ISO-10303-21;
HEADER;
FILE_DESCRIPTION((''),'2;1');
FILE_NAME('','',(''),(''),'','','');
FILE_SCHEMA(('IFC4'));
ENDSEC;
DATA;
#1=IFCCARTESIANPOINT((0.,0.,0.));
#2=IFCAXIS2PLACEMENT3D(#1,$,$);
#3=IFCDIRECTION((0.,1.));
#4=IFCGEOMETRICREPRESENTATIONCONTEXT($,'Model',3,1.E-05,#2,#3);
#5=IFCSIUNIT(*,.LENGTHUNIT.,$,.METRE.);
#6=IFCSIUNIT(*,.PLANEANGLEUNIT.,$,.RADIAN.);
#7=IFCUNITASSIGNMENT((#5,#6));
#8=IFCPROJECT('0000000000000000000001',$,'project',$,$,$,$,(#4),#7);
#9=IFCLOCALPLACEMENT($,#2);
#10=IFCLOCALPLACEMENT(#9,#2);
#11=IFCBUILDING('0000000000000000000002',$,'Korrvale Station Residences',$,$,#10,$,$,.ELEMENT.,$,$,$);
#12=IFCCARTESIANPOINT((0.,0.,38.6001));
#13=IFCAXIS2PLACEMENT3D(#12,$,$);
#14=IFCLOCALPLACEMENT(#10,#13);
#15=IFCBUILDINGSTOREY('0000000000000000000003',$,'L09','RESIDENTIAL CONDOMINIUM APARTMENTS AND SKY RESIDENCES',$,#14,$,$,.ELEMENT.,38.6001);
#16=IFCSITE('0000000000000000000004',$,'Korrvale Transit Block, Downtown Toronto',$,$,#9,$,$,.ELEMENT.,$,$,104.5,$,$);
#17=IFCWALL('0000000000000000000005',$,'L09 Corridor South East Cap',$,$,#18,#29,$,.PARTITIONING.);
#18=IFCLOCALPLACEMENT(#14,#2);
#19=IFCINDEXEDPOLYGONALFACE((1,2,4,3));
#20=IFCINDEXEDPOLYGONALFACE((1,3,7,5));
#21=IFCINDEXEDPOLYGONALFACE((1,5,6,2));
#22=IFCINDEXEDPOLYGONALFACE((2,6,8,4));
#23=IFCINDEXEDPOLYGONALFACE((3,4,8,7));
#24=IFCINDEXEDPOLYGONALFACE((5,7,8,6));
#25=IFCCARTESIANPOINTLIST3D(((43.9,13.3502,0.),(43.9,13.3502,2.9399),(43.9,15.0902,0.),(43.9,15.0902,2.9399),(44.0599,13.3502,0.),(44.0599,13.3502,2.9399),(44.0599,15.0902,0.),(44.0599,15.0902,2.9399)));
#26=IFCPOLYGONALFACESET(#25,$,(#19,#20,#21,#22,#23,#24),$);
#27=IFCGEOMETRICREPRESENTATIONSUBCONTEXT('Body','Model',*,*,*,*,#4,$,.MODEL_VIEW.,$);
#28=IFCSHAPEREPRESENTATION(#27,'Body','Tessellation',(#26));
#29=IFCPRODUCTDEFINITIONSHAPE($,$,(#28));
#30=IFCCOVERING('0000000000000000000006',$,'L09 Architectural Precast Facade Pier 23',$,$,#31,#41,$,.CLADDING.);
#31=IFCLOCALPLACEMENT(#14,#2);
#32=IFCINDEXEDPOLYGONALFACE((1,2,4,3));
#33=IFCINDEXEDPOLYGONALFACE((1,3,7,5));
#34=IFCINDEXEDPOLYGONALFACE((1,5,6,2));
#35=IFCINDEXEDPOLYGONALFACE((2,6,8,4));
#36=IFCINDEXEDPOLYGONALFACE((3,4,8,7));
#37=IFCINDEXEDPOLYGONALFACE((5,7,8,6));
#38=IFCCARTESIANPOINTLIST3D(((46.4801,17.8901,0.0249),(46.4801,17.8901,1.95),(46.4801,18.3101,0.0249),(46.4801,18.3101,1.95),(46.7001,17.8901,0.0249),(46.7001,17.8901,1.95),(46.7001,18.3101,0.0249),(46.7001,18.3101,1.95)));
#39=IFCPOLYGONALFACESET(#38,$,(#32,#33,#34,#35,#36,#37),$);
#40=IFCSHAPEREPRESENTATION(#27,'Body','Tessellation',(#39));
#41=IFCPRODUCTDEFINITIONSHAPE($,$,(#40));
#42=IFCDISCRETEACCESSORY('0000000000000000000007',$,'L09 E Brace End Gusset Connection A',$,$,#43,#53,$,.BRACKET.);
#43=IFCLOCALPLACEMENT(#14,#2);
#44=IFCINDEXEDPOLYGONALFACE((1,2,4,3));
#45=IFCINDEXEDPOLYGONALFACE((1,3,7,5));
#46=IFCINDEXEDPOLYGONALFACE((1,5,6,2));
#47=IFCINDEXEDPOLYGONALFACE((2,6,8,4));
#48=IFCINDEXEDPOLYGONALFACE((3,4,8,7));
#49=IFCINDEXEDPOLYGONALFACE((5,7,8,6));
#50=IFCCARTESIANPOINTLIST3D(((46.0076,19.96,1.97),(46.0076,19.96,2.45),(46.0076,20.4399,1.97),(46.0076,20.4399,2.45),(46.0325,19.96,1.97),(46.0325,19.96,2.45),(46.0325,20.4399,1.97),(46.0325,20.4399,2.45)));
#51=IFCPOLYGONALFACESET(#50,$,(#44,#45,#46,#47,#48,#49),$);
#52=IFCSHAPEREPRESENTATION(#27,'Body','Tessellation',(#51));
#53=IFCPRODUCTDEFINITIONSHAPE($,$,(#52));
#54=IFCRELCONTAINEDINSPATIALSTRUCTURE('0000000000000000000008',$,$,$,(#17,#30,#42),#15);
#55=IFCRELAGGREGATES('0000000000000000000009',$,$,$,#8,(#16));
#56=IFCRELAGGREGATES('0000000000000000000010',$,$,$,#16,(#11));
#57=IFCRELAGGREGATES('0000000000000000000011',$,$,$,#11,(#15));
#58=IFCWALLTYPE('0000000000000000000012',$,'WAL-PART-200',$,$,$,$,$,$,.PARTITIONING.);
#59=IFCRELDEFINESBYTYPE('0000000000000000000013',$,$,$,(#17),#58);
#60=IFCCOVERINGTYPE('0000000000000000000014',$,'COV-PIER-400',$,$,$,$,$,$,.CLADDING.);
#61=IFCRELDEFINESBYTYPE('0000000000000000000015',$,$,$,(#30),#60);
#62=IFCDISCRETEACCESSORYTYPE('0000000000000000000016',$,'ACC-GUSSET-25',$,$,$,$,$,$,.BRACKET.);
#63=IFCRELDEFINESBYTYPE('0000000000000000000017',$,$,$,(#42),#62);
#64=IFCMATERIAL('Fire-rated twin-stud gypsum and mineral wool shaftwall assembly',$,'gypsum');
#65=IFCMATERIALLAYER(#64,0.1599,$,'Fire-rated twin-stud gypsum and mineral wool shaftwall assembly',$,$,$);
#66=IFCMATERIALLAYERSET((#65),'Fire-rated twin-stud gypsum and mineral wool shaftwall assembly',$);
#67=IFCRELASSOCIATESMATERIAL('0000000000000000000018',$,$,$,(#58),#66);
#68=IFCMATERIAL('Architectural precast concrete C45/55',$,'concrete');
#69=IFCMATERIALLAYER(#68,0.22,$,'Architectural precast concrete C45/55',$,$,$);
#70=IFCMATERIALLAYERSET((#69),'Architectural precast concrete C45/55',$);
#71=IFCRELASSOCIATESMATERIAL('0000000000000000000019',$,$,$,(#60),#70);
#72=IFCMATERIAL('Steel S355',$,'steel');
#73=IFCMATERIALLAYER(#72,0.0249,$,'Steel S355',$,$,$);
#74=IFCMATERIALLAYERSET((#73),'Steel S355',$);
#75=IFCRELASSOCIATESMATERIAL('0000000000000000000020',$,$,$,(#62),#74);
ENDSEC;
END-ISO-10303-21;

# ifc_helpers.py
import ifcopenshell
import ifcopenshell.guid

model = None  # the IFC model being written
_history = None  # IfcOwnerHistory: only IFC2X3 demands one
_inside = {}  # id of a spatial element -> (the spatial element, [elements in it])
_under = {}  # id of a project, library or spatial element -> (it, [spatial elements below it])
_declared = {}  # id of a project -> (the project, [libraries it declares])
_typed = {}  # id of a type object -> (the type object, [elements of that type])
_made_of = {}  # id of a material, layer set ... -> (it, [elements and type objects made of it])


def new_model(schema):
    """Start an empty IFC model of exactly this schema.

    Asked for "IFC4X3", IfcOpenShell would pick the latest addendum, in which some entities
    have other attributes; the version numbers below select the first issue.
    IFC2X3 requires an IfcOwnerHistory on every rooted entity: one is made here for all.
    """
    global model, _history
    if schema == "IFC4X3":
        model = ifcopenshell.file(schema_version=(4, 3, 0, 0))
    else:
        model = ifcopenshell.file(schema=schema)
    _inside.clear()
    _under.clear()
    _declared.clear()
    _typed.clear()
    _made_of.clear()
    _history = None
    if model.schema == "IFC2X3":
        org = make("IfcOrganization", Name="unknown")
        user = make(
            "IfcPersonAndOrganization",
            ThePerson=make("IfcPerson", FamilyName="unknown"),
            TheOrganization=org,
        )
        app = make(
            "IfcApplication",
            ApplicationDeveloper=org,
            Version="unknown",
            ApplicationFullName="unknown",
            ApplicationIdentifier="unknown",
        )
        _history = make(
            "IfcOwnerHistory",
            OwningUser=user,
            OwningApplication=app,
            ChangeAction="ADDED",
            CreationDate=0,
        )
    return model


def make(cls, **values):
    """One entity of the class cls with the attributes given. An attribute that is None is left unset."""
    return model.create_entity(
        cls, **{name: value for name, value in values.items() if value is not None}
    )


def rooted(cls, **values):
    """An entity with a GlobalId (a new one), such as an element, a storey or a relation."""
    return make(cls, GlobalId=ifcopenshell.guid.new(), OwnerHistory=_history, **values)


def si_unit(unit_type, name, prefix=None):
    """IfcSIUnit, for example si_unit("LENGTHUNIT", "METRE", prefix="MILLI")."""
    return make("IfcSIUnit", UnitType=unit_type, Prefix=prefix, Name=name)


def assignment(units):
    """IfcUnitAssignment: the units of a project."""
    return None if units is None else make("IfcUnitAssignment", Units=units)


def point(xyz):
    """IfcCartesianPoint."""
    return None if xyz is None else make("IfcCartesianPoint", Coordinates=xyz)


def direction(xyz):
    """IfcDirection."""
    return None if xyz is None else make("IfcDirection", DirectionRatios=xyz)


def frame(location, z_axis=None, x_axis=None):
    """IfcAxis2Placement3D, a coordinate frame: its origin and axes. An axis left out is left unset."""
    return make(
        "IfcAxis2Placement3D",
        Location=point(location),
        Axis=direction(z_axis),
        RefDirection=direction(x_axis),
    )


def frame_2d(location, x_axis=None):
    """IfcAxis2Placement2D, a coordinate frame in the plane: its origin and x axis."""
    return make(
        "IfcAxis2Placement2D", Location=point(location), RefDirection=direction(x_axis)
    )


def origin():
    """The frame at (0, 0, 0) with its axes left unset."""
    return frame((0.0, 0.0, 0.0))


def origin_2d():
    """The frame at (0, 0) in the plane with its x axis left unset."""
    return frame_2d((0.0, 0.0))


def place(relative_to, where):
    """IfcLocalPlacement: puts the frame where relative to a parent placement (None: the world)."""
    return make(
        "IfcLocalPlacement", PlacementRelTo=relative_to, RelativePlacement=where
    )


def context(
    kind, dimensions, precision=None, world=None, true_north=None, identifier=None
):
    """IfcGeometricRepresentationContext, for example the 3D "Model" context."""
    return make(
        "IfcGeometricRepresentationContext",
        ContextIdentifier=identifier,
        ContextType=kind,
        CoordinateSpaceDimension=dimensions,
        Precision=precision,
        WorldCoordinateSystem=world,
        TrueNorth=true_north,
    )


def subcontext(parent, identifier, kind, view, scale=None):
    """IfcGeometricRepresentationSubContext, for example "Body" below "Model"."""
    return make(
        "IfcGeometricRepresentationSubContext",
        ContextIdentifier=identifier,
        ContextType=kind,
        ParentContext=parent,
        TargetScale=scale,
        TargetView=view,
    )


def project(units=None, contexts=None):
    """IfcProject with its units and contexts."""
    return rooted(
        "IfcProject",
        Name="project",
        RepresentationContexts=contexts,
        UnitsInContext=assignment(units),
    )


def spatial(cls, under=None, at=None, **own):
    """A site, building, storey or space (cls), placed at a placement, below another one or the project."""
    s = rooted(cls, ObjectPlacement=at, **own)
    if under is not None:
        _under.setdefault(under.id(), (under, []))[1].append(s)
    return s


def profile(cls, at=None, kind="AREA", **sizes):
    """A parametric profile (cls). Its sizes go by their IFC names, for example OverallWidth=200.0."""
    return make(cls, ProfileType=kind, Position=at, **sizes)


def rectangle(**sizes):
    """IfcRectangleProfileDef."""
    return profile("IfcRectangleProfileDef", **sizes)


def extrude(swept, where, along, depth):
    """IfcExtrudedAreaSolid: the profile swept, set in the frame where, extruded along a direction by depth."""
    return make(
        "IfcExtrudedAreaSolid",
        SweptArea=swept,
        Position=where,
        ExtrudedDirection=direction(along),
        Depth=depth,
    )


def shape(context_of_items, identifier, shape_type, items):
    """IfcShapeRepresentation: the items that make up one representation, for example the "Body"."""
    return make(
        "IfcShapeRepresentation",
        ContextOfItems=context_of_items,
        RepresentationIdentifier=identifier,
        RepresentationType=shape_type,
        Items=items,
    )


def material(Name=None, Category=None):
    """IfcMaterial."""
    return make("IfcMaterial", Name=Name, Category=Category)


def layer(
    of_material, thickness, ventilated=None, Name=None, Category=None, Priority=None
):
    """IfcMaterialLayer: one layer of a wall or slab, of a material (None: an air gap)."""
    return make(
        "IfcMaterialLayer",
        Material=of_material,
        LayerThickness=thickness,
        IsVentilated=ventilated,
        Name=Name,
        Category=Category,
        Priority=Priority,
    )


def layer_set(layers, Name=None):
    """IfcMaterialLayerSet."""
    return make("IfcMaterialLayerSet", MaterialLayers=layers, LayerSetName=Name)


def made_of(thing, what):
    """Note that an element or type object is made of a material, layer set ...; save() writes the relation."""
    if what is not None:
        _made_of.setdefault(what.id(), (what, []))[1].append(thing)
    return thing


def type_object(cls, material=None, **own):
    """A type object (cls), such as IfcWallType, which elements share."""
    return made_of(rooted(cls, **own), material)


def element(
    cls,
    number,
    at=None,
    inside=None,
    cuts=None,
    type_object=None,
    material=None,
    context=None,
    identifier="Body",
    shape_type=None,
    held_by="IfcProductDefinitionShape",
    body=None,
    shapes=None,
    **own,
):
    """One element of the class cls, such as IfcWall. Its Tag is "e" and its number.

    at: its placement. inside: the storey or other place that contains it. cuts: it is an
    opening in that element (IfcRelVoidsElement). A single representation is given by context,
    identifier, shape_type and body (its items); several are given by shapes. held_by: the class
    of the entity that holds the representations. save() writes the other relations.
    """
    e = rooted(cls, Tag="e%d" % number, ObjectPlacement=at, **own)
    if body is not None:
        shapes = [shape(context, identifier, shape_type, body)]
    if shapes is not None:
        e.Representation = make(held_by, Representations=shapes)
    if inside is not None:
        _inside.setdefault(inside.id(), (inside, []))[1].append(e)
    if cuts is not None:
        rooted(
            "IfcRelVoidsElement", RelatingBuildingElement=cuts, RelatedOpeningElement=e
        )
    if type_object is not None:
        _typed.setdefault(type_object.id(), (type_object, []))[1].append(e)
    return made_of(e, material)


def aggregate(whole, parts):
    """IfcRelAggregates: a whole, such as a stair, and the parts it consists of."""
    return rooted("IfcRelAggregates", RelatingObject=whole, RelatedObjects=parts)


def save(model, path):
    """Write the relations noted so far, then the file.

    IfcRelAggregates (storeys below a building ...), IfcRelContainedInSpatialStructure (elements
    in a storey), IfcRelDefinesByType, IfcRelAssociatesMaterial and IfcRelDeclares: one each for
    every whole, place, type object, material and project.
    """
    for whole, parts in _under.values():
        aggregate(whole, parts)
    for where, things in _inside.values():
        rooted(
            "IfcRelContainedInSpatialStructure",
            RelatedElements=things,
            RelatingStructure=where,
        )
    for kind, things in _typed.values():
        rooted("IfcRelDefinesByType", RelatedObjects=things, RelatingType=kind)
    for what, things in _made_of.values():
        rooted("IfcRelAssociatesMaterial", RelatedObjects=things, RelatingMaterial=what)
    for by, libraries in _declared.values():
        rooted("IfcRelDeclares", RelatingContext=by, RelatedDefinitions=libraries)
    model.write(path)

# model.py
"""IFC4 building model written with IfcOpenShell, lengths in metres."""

from ifc_helpers import new_model, si_unit, direction, frame, frame_2d, origin, origin_2d, place, context, subcontext, project, spatial, rectangle, extrude, material, layer, layer_set, type_object, element, save


model = new_model("IFC4")

# Units and contexts
model_context = context("Model", 3, precision=1e-05, world=origin(), true_north=direction((0.0, 1.0)))
body_context = subcontext(model_context, "Body", "Model", "MODEL_VIEW")
ifc_project = project(units=[si_unit("LENGTHUNIT", "METRE"), si_unit("PLANEANGLEUNIT", "RADIAN")], contexts=[model_context])

# Site, building, storey
site_placement = place(None, origin())
site = spatial("IfcSite", under=ifc_project, at=site_placement, Name="Korrvale Transit Block, Downtown Toronto", CompositionType="ELEMENT", RefElevation=104.5)
building_placement = place(site_placement, origin())
building = spatial("IfcBuilding", under=site, at=building_placement, Name="Korrvale Station Residences", CompositionType="ELEMENT")
storey_placement = place(building_placement, frame((0.0, 0.0, 38.6001)))
storey = spatial("IfcBuildingStorey", under=building, at=storey_placement, Name="L09", Description="RESIDENTIAL CONDOMINIUM APARTMENTS AND SKY RESIDENCES", CompositionType="ELEMENT", Elevation=38.6001)

# Wall
ifc_material_1 = material(Name="Fire-rated twin-stud gypsum and mineral wool shaftwall assembly", Category="gypsum")
ifc_layer_1 = layer(ifc_material_1, 0.1599, Name="Fire-rated twin-stud gypsum and mineral wool shaftwall assembly")
ifc_layer_set_1 = layer_set([ifc_layer_1], Name="Fire-rated twin-stud gypsum and mineral wool shaftwall assembly")
wall_type_1 = type_object("IfcWallType", Name="WAL-PART-200", PredefinedType="PARTITIONING", material=ifc_layer_set_1)
wall_1_placement = place(storey_placement, frame((43.98, 13.3501, 0.0), z_axis=(0.0, 0.0, 1.0), x_axis=(0.0, 1.0, 0.0)))
element("IfcWall", 1, at=wall_1_placement, inside=storey, type_object=wall_type_1, Name="L09 Corridor South East Cap", PredefinedType="PARTITIONING", context=body_context, shape_type="SweptSolid", body=[
    extrude(rectangle(XDim=1.74, YDim=0.1599, at=frame_2d((0.8701, 0.0))), origin(), (0.0, 0.0, 1.0), 2.9399),
])

# Covering
ifc_material_2 = material(Name="Architectural precast concrete C45/55", Category="concrete")
ifc_layer_2 = layer(ifc_material_2, 0.22, Name="Architectural precast concrete C45/55")
ifc_layer_set_2 = layer_set([ifc_layer_2], Name="Architectural precast concrete C45/55")
covering_type = type_object("IfcCoveringType", Name="COV-PIER-400", PredefinedType="CLADDING", material=ifc_layer_set_2)
covering_placement = place(storey_placement, frame((46.5901, 18.1001, 0.0249), z_axis=(0.0, 0.0, 1.0), x_axis=(0.0, 1.0, 0.0)))
element("IfcCovering", 2, at=covering_placement, inside=storey, type_object=covering_type, Name="L09 Architectural Precast Facade Pier 23", PredefinedType="CLADDING", context=body_context, shape_type="SweptSolid", body=[
    extrude(rectangle(XDim=0.4199, YDim=0.22, at=origin_2d()), origin(), (0.0, 0.0, 1.0), 1.925),
])

# Discrete accessory
ifc_material_3 = material(Name="Steel S355", Category="steel")
ifc_layer_3 = layer(ifc_material_3, 0.0249, Name="Steel S355")
ifc_layer_set_3 = layer_set([ifc_layer_3], Name="Steel S355")
discrete_accessory_type = type_object("IfcDiscreteAccessoryType", Name="ACC-GUSSET-25", PredefinedType="BRACKET", material=ifc_layer_set_3)
discrete_accessory_placement = place(storey_placement, frame((46.02, 20.2, 1.97), z_axis=(0.0, 0.0, 1.0), x_axis=(0.0, 1.0, 0.0)))
element("IfcDiscreteAccessory", 3, at=discrete_accessory_placement, inside=storey, type_object=discrete_accessory_type, Name="L09 E Brace End Gusset Connection A", PredefinedType="BRACKET", context=body_context, shape_type="SweptSolid", body=[
    extrude(rectangle(XDim=0.48, YDim=0.0249, at=origin_2d()), origin(), (0.0, 0.0, 1.0), 0.48),
])

save(model, "model.ifc")
